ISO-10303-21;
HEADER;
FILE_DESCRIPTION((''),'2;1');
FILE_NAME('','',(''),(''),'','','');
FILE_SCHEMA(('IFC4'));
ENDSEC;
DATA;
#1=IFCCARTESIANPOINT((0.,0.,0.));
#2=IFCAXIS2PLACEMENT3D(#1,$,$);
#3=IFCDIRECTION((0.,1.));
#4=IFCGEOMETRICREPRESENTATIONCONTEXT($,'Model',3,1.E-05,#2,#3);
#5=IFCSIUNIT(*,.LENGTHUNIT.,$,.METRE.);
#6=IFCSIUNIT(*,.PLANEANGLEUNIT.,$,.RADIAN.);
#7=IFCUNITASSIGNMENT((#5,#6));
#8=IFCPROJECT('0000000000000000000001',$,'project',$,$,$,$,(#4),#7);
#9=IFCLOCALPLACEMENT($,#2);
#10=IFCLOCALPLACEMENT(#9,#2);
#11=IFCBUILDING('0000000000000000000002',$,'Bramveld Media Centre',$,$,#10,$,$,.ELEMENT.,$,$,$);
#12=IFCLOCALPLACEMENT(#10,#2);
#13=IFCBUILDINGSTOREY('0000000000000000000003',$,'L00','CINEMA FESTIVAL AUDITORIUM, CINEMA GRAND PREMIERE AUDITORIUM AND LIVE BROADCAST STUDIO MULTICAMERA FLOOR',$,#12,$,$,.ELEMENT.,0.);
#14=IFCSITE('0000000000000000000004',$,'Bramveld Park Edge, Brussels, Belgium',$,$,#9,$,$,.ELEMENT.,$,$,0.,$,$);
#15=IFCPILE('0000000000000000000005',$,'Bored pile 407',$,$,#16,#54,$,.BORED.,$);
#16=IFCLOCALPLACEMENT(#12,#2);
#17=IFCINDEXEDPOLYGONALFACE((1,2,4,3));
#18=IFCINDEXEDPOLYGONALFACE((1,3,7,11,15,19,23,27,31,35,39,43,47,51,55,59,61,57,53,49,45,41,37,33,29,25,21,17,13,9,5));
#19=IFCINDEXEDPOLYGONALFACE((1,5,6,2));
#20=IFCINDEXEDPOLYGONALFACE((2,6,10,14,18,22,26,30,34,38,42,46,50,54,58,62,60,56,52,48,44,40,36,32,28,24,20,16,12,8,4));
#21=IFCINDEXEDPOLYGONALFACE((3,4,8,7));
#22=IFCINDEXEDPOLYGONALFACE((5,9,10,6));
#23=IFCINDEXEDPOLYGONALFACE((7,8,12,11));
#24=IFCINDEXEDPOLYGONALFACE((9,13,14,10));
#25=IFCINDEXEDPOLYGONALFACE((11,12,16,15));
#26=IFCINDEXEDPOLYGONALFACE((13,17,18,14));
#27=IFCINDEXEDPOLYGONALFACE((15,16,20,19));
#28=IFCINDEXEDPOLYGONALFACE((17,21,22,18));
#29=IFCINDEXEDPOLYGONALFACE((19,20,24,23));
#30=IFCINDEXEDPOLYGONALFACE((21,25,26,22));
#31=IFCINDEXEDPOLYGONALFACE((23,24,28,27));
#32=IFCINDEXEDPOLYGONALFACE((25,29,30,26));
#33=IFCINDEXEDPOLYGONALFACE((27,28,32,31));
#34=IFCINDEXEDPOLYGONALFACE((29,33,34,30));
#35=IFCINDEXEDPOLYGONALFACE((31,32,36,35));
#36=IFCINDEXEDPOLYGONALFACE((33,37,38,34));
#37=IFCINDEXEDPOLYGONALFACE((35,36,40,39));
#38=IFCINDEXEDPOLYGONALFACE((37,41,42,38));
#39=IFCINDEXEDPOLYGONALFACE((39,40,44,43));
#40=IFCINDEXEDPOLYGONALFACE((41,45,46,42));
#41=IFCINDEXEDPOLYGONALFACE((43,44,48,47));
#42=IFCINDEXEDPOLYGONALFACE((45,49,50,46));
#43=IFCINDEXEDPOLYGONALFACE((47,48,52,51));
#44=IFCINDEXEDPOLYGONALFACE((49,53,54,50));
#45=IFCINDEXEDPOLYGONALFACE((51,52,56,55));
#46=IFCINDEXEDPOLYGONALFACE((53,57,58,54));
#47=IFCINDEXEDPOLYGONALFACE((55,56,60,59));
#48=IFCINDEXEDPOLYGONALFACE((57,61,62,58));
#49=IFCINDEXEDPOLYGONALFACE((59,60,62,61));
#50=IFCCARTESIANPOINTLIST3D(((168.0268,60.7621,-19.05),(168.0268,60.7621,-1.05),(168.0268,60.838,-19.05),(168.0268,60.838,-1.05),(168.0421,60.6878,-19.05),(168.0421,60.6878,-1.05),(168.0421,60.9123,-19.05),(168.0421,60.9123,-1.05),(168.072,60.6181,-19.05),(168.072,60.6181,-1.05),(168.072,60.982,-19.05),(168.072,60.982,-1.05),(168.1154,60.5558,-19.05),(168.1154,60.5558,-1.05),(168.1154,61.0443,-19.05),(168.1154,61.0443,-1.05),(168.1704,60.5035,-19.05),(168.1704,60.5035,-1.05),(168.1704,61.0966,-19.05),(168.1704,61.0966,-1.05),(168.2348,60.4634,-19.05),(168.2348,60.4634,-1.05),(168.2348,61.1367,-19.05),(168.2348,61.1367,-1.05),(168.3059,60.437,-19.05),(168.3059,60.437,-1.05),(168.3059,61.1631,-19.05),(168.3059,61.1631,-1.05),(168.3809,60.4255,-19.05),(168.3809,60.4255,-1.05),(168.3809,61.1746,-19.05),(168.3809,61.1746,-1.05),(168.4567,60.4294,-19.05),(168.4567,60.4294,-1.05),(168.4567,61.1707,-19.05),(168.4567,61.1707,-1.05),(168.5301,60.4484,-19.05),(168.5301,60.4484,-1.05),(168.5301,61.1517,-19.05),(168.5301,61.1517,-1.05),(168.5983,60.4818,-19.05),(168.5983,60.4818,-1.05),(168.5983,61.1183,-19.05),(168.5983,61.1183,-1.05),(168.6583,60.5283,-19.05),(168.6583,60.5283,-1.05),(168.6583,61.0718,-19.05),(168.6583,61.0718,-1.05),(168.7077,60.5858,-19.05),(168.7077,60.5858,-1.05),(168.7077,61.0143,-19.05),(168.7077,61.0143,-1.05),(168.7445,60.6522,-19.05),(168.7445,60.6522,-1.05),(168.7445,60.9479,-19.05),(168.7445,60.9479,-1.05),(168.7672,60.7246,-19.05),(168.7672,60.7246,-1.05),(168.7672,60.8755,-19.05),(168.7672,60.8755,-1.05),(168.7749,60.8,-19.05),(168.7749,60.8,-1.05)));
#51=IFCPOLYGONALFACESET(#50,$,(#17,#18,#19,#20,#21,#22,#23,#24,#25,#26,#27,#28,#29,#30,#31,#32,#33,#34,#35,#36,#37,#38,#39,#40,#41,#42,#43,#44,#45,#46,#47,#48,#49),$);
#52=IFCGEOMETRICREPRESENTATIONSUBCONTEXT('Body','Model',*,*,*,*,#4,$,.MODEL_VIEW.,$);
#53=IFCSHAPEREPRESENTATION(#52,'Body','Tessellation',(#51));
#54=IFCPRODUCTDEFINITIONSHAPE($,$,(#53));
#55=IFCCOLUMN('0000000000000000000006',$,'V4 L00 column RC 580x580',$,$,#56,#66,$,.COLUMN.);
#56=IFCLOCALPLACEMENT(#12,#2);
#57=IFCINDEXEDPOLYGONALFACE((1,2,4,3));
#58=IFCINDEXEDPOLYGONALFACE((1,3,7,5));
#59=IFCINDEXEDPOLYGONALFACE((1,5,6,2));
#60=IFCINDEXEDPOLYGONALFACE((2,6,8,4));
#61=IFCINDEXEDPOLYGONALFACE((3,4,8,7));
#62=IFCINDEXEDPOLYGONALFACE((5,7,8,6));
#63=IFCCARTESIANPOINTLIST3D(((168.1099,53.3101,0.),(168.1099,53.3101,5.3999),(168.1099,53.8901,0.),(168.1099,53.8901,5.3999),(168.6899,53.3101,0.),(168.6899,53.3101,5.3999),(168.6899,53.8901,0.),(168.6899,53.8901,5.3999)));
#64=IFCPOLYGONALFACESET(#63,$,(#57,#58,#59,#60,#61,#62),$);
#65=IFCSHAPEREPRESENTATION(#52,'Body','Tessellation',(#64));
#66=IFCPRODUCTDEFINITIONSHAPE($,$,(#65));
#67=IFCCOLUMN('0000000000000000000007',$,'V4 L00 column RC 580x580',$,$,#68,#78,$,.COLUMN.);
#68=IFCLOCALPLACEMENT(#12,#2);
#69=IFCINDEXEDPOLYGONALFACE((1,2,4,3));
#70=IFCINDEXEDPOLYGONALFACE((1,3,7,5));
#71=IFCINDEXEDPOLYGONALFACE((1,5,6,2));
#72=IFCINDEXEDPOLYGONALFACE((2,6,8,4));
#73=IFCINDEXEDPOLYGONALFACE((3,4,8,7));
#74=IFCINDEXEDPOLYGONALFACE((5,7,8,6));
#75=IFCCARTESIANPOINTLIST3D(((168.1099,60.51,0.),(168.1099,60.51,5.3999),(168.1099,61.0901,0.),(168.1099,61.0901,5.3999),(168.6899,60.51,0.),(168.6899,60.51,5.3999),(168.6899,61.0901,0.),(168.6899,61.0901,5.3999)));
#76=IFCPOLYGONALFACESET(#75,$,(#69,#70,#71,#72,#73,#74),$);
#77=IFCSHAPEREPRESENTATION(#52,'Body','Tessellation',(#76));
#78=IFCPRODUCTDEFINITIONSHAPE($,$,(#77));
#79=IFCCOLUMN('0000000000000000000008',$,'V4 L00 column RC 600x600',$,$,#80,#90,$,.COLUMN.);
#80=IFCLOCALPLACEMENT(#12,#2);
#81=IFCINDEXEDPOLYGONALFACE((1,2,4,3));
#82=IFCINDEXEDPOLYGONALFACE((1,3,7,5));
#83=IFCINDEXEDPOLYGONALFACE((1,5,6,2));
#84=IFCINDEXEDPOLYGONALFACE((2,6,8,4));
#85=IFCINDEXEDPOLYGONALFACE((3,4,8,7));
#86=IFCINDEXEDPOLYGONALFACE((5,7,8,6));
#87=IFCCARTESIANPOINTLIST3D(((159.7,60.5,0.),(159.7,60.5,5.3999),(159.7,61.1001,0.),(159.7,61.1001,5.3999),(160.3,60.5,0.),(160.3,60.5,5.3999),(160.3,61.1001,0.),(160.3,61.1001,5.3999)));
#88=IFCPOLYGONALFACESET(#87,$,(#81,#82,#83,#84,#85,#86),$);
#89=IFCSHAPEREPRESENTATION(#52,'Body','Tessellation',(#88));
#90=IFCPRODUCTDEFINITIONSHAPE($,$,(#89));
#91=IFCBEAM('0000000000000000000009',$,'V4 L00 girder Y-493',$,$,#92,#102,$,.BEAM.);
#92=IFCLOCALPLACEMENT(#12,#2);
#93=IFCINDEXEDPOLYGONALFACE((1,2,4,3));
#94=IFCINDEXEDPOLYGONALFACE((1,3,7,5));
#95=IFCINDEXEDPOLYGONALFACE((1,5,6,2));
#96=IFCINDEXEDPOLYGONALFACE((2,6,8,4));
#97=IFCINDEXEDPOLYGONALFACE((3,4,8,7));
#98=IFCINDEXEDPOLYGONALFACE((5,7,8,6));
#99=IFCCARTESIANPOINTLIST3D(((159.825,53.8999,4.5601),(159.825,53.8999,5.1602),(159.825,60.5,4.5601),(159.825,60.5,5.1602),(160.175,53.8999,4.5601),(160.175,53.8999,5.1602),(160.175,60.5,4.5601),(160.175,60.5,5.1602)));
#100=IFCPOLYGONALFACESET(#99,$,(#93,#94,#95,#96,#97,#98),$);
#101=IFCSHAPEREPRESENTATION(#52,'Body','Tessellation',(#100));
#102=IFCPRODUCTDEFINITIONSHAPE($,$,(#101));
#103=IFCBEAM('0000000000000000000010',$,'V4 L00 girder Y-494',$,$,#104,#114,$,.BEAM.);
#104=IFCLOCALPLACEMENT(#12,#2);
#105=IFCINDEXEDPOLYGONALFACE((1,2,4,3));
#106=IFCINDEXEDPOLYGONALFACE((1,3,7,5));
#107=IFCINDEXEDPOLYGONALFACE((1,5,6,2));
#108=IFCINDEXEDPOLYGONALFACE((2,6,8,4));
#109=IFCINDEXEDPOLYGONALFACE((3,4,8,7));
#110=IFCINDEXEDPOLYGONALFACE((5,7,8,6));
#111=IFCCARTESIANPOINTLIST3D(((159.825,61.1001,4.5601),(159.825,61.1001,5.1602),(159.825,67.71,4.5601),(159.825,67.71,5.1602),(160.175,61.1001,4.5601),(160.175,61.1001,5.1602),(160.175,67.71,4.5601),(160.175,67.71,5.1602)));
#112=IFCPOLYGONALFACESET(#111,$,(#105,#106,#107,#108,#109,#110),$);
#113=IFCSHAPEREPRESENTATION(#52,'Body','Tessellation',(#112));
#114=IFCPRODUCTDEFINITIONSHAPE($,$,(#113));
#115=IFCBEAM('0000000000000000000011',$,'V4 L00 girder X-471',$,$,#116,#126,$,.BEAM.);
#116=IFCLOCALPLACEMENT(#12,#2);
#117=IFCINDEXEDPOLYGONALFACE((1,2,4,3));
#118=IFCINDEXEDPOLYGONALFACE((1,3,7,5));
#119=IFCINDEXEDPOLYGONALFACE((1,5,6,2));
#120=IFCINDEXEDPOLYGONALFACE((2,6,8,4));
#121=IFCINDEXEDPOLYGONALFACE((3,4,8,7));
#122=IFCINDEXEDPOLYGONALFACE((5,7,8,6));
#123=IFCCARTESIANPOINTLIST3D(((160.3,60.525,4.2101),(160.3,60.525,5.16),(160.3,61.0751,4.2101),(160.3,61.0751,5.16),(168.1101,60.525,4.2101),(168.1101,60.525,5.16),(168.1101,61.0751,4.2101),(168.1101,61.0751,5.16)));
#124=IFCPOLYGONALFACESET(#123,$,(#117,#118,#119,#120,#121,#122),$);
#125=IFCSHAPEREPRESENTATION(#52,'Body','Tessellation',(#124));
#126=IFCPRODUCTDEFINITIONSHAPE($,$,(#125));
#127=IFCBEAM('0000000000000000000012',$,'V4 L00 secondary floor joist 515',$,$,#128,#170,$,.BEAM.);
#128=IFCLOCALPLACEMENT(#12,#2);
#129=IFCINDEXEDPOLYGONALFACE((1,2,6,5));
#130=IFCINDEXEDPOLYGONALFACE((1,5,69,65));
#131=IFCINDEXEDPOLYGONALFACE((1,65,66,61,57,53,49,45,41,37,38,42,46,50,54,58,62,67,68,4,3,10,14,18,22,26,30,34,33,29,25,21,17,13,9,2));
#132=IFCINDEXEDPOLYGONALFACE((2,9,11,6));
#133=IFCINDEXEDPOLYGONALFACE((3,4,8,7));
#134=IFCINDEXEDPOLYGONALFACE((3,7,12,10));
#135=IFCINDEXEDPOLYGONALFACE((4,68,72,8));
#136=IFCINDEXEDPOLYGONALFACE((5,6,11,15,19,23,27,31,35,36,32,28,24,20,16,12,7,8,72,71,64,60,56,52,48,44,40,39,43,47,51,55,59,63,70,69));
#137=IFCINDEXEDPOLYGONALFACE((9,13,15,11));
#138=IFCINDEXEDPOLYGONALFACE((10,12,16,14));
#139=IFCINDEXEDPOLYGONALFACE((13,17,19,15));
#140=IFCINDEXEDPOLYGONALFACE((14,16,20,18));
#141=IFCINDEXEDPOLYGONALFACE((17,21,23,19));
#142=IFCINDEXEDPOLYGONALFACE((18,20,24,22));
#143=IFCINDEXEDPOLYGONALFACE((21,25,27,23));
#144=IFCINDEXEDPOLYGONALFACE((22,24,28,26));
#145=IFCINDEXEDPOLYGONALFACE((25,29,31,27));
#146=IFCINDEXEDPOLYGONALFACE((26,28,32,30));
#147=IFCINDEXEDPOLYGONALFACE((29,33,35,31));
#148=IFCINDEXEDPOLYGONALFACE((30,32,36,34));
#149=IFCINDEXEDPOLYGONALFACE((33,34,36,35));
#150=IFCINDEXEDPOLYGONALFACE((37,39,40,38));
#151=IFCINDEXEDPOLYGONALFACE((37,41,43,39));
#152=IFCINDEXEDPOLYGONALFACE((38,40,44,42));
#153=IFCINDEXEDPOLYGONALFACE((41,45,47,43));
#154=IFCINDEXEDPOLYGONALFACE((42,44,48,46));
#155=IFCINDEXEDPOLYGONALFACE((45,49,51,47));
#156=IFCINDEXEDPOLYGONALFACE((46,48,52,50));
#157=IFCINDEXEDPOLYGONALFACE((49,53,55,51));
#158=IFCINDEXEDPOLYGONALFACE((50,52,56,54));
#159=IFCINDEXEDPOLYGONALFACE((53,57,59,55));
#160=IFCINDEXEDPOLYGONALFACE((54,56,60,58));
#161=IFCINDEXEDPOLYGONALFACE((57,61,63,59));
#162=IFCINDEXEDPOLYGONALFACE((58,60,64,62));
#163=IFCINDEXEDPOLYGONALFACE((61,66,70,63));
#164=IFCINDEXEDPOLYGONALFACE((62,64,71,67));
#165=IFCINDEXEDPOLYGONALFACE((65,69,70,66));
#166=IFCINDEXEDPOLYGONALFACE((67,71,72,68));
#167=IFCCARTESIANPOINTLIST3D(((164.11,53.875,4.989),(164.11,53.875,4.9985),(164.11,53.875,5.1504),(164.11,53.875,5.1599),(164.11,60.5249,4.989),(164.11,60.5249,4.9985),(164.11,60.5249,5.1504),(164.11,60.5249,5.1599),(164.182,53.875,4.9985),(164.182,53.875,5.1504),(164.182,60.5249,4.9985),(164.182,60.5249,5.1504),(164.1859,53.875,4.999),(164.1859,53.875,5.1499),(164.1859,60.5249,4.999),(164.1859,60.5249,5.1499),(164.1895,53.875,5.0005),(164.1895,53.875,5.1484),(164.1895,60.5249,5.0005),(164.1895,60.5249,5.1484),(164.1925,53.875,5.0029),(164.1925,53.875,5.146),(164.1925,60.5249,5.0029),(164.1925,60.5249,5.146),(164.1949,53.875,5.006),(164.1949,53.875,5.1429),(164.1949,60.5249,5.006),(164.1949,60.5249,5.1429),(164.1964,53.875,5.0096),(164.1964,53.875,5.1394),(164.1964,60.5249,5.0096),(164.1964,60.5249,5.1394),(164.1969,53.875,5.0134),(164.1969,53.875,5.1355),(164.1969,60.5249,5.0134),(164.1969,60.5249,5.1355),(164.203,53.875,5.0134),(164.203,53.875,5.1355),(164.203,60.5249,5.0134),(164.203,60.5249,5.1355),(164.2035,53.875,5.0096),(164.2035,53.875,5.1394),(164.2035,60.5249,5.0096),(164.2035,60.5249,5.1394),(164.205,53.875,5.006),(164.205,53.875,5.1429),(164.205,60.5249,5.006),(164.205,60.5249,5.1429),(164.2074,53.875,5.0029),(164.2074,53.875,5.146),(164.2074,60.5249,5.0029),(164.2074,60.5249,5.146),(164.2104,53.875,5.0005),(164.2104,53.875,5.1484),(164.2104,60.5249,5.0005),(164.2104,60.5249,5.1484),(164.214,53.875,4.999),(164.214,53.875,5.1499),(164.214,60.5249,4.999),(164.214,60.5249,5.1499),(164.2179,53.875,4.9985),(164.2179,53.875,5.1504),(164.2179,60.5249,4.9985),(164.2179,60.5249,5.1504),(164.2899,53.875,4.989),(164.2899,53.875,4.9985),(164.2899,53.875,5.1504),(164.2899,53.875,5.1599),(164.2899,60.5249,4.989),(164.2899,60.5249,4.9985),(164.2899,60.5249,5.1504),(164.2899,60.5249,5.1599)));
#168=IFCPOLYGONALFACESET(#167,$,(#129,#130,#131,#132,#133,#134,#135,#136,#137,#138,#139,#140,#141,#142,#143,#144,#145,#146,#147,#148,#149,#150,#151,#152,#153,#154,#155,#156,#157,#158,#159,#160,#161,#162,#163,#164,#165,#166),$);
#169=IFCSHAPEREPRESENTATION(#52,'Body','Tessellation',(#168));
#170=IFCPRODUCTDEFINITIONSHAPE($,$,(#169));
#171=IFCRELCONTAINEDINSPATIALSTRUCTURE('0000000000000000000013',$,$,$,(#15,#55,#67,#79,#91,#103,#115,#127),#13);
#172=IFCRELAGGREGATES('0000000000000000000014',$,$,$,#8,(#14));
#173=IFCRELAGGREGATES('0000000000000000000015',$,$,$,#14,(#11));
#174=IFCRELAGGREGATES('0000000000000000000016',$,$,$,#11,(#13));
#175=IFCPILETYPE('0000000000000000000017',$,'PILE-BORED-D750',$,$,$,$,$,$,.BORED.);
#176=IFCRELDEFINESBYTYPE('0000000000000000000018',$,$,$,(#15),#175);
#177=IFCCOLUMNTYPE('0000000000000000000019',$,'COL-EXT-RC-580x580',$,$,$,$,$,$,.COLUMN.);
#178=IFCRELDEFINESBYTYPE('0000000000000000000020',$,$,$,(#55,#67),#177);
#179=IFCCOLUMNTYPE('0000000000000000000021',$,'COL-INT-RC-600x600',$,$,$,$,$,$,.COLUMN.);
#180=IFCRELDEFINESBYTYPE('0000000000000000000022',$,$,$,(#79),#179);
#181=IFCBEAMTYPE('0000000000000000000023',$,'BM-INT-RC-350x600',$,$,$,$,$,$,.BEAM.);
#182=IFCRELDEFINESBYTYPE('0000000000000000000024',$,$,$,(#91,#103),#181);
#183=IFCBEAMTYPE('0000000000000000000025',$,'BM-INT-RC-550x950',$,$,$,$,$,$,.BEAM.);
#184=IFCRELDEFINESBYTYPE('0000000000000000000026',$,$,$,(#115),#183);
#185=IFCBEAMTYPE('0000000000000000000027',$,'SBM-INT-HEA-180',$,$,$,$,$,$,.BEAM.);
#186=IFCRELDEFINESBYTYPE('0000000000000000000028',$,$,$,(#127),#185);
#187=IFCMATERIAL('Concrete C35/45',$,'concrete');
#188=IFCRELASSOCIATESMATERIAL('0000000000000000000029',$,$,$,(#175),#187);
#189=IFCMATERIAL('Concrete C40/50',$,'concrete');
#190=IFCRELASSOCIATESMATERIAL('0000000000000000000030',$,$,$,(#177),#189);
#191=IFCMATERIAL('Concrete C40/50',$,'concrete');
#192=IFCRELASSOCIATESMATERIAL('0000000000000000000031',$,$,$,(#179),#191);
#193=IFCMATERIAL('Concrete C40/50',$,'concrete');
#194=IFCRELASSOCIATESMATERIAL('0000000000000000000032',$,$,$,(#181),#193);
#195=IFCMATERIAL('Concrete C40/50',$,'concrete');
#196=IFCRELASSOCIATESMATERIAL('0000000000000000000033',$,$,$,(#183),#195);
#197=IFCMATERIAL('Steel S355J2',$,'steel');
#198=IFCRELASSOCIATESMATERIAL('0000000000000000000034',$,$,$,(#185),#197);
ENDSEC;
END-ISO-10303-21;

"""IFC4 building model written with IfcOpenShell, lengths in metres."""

from ifc_helpers import new_model, si_unit, direction, frame, origin, origin_2d, place, context, subcontext, project, spatial, rectangle, circle, i_section, extrude, material, material_profile, profile_set, type_object, element, save


model = new_model("IFC4")

# Units and contexts
model_context = context("Model", 3, precision=1e-05, world=origin(), true_north=direction((0.0, 1.0)))
body_context = subcontext(model_context, "Body", "Model", "MODEL_VIEW")
ifc_project = project(units=[si_unit("LENGTHUNIT", "METRE"), si_unit("PLANEANGLEUNIT", "RADIAN")], contexts=[model_context])

# Site, building, storey
site_placement = place(None, origin())
site = spatial("IfcSite", under=ifc_project, at=site_placement, Name="Bramveld Park Edge, Brussels, Belgium", CompositionType="ELEMENT", RefElevation=0.0)
building_placement = place(site_placement, origin())
building = spatial("IfcBuilding", under=site, at=building_placement, Name="Bramveld Media Centre", CompositionType="ELEMENT")
storey_placement = place(building_placement, origin())
storey = spatial("IfcBuildingStorey", under=building, at=storey_placement, Name="L00", Description="CINEMA FESTIVAL AUDITORIUM, CINEMA GRAND PREMIERE AUDITORIUM AND LIVE BROADCAST STUDIO MULTICAMERA FLOOR", CompositionType="ELEMENT", Elevation=0.0)

# Pile
ifc_material_1 = material(Name="Concrete C35/45", Category="concrete")
ifc_material_profile_1 = material_profile(ifc_material_1, circle(Radius=0.375, at=origin_2d()), Name="BORED D750")
ifc_profile_set_1 = profile_set([ifc_material_profile_1], Name="Concrete C35/45")
pile_type = type_object("IfcPileType", Name="PILE-BORED-D750", PredefinedType="BORED", material=ifc_profile_set_1)
for number, where, z_axis, x_axis, name in (
    (1, (168.3999, 60.8, -1.05), (0.0, 0.0, -1.0), (1.0, 0.0, 0.0), "Bored pile 407"),
):
    element("IfcPile", number, at=place(storey_placement, frame(where, z_axis=z_axis, x_axis=x_axis)), inside=storey, type_object=pile_type, Name=name, PredefinedType="BORED", context=body_context, shape_type="SweptSolid", body=[
        extrude(circle(Radius=0.375, at=origin_2d()), origin(), (0.0, 0.0, 1.0), 18.0),
    ])

# Columns
ifc_material_2 = material(Name="Concrete C40/50", Category="concrete")
ifc_material_profile_2 = material_profile(ifc_material_2, rectangle(XDim=0.5801, YDim=0.5801, at=origin_2d()), Name="RC 580x580")
ifc_profile_set_2 = profile_set([ifc_material_profile_2], Name="Concrete C40/50")
column_type_1 = type_object("IfcColumnType", Name="COL-EXT-RC-580x580", PredefinedType="COLUMN", material=ifc_profile_set_2)
for number, where, z_axis, x_axis, name in (
    (2, (168.3999, 53.6001, 0.0), (0.0, 0.0, 1.0), (1.0, 0.0, 0.0), "V4 L00 column RC 580x580"),
    (3, (168.3999, 60.8, 0.0), (0.0, 0.0, 1.0), (1.0, 0.0, 0.0), "V4 L00 column RC 580x580"),
):
    element("IfcColumn", number, at=place(storey_placement, frame(where, z_axis=z_axis, x_axis=x_axis)), inside=storey, type_object=column_type_1, Name=name, PredefinedType="COLUMN", context=body_context, shape_type="SweptSolid", body=[
        extrude(rectangle(XDim=0.5801, YDim=0.5801, at=origin_2d()), origin(), (0.0, 0.0, 1.0), 5.3999),
    ])
ifc_material_3 = material(Name="Concrete C40/50", Category="concrete")
ifc_material_profile_3 = material_profile(ifc_material_3, rectangle(XDim=0.6001, YDim=0.6001, at=origin_2d()), Name="RC 600x600")
ifc_profile_set_3 = profile_set([ifc_material_profile_3], Name="Concrete C40/50")
column_type_2 = type_object("IfcColumnType", Name="COL-INT-RC-600x600", PredefinedType="COLUMN", material=ifc_profile_set_3)
column_placement = place(storey_placement, frame((160.0, 60.8, 0.0), z_axis=(0.0, 0.0, 1.0), x_axis=(1.0, 0.0, 0.0)))
element("IfcColumn", 4, at=column_placement, inside=storey, type_object=column_type_2, Name="V4 L00 column RC 600x600", PredefinedType="COLUMN", context=body_context, shape_type="SweptSolid", body=[
    extrude(rectangle(XDim=0.6001, YDim=0.6001, at=origin_2d()), origin(), (0.0, 0.0, 1.0), 5.3999),
])

# Beams
ifc_material_4 = material(Name="Concrete C40/50", Category="concrete")
ifc_material_profile_4 = material_profile(ifc_material_4, rectangle(XDim=0.3501, YDim=0.6001, at=origin_2d()), Name="RC 350x600")
ifc_profile_set_4 = profile_set([ifc_material_profile_4], Name="Concrete C40/50")
beam_type_1 = type_object("IfcBeamType", Name="BM-INT-RC-350x600", PredefinedType="BEAM", material=ifc_profile_set_4)
beam_1_placement = place(storey_placement, frame((160.0, 53.8999, 4.8601), z_axis=(0.0, 1.0, 0.0), x_axis=(-1.0, 0.0, 0.0)))
element("IfcBeam", 5, at=beam_1_placement, inside=storey, type_object=beam_type_1, Name="V4 L00 girder Y-493", PredefinedType="BEAM", context=body_context, shape_type="SweptSolid", body=[
    extrude(rectangle(XDim=0.3501, YDim=0.6001, at=origin_2d()), origin(), (0.0, 0.0, 1.0), 6.6001),
])
beam_2_placement = place(storey_placement, frame((160.0, 61.1001, 4.8601), z_axis=(0.0, 1.0, 0.0), x_axis=(-1.0, 0.0, 0.0)))
element("IfcBeam", 6, at=beam_2_placement, inside=storey, type_object=beam_type_1, Name="V4 L00 girder Y-494", PredefinedType="BEAM", context=body_context, shape_type="SweptSolid", body=[
    extrude(rectangle(XDim=0.3501, YDim=0.6001, at=origin_2d()), origin(), (0.0, 0.0, 1.0), 6.6099),
])
ifc_material_5 = material(Name="Concrete C40/50", Category="concrete")
ifc_material_profile_5 = material_profile(ifc_material_5, rectangle(XDim=0.55, YDim=0.95, at=origin_2d()), Name="RC 550x950")
ifc_profile_set_5 = profile_set([ifc_material_profile_5], Name="Concrete C40/50")
beam_type_2 = type_object("IfcBeamType", Name="BM-INT-RC-550x950", PredefinedType="BEAM", material=ifc_profile_set_5)
beam_3_placement = place(storey_placement, frame((160.3, 60.8, 4.6851), z_axis=(1.0, 0.0, 0.0), x_axis=(0.0, 1.0, 0.0)))
element("IfcBeam", 7, at=beam_3_placement, inside=storey, type_object=beam_type_2, Name="V4 L00 girder X-471", PredefinedType="BEAM", context=body_context, shape_type="SweptSolid", body=[
    extrude(rectangle(XDim=0.55, YDim=0.95, at=origin_2d()), origin(), (0.0, 0.0, 1.0), 7.8101),
])
ifc_material_6 = material(Name="Steel S355J2", Category="steel")
ifc_material_profile_6 = material_profile(ifc_material_6, i_section(OverallWidth=0.1799, OverallDepth=0.1709, WebThickness=0.0061, FlangeThickness=0.0095, FilletRadius=0.0149, at=origin_2d()), Name="HEA 180")
ifc_profile_set_6 = profile_set([ifc_material_profile_6], Name="Steel S355J2")
beam_type_3 = type_object("IfcBeamType", Name="SBM-INT-HEA-180", PredefinedType="BEAM", material=ifc_profile_set_6)
beam_4_placement = place(storey_placement, frame((164.2, 53.875, 5.0745), z_axis=(0.0, 1.0, 0.0), x_axis=(-1.0, 0.0, 0.0)))
element("IfcBeam", 8, at=beam_4_placement, inside=storey, type_object=beam_type_3, Name="V4 L00 secondary floor joist 515", PredefinedType="BEAM", context=body_context, shape_type="SweptSolid", body=[
    extrude(i_section(OverallWidth=0.1799, OverallDepth=0.1709, WebThickness=0.0061, FlangeThickness=0.0095, FilletRadius=0.0149, at=origin_2d()), origin(), (0.0, 0.0, 1.0), 6.6499),
])

save(model, "model.ifc")
